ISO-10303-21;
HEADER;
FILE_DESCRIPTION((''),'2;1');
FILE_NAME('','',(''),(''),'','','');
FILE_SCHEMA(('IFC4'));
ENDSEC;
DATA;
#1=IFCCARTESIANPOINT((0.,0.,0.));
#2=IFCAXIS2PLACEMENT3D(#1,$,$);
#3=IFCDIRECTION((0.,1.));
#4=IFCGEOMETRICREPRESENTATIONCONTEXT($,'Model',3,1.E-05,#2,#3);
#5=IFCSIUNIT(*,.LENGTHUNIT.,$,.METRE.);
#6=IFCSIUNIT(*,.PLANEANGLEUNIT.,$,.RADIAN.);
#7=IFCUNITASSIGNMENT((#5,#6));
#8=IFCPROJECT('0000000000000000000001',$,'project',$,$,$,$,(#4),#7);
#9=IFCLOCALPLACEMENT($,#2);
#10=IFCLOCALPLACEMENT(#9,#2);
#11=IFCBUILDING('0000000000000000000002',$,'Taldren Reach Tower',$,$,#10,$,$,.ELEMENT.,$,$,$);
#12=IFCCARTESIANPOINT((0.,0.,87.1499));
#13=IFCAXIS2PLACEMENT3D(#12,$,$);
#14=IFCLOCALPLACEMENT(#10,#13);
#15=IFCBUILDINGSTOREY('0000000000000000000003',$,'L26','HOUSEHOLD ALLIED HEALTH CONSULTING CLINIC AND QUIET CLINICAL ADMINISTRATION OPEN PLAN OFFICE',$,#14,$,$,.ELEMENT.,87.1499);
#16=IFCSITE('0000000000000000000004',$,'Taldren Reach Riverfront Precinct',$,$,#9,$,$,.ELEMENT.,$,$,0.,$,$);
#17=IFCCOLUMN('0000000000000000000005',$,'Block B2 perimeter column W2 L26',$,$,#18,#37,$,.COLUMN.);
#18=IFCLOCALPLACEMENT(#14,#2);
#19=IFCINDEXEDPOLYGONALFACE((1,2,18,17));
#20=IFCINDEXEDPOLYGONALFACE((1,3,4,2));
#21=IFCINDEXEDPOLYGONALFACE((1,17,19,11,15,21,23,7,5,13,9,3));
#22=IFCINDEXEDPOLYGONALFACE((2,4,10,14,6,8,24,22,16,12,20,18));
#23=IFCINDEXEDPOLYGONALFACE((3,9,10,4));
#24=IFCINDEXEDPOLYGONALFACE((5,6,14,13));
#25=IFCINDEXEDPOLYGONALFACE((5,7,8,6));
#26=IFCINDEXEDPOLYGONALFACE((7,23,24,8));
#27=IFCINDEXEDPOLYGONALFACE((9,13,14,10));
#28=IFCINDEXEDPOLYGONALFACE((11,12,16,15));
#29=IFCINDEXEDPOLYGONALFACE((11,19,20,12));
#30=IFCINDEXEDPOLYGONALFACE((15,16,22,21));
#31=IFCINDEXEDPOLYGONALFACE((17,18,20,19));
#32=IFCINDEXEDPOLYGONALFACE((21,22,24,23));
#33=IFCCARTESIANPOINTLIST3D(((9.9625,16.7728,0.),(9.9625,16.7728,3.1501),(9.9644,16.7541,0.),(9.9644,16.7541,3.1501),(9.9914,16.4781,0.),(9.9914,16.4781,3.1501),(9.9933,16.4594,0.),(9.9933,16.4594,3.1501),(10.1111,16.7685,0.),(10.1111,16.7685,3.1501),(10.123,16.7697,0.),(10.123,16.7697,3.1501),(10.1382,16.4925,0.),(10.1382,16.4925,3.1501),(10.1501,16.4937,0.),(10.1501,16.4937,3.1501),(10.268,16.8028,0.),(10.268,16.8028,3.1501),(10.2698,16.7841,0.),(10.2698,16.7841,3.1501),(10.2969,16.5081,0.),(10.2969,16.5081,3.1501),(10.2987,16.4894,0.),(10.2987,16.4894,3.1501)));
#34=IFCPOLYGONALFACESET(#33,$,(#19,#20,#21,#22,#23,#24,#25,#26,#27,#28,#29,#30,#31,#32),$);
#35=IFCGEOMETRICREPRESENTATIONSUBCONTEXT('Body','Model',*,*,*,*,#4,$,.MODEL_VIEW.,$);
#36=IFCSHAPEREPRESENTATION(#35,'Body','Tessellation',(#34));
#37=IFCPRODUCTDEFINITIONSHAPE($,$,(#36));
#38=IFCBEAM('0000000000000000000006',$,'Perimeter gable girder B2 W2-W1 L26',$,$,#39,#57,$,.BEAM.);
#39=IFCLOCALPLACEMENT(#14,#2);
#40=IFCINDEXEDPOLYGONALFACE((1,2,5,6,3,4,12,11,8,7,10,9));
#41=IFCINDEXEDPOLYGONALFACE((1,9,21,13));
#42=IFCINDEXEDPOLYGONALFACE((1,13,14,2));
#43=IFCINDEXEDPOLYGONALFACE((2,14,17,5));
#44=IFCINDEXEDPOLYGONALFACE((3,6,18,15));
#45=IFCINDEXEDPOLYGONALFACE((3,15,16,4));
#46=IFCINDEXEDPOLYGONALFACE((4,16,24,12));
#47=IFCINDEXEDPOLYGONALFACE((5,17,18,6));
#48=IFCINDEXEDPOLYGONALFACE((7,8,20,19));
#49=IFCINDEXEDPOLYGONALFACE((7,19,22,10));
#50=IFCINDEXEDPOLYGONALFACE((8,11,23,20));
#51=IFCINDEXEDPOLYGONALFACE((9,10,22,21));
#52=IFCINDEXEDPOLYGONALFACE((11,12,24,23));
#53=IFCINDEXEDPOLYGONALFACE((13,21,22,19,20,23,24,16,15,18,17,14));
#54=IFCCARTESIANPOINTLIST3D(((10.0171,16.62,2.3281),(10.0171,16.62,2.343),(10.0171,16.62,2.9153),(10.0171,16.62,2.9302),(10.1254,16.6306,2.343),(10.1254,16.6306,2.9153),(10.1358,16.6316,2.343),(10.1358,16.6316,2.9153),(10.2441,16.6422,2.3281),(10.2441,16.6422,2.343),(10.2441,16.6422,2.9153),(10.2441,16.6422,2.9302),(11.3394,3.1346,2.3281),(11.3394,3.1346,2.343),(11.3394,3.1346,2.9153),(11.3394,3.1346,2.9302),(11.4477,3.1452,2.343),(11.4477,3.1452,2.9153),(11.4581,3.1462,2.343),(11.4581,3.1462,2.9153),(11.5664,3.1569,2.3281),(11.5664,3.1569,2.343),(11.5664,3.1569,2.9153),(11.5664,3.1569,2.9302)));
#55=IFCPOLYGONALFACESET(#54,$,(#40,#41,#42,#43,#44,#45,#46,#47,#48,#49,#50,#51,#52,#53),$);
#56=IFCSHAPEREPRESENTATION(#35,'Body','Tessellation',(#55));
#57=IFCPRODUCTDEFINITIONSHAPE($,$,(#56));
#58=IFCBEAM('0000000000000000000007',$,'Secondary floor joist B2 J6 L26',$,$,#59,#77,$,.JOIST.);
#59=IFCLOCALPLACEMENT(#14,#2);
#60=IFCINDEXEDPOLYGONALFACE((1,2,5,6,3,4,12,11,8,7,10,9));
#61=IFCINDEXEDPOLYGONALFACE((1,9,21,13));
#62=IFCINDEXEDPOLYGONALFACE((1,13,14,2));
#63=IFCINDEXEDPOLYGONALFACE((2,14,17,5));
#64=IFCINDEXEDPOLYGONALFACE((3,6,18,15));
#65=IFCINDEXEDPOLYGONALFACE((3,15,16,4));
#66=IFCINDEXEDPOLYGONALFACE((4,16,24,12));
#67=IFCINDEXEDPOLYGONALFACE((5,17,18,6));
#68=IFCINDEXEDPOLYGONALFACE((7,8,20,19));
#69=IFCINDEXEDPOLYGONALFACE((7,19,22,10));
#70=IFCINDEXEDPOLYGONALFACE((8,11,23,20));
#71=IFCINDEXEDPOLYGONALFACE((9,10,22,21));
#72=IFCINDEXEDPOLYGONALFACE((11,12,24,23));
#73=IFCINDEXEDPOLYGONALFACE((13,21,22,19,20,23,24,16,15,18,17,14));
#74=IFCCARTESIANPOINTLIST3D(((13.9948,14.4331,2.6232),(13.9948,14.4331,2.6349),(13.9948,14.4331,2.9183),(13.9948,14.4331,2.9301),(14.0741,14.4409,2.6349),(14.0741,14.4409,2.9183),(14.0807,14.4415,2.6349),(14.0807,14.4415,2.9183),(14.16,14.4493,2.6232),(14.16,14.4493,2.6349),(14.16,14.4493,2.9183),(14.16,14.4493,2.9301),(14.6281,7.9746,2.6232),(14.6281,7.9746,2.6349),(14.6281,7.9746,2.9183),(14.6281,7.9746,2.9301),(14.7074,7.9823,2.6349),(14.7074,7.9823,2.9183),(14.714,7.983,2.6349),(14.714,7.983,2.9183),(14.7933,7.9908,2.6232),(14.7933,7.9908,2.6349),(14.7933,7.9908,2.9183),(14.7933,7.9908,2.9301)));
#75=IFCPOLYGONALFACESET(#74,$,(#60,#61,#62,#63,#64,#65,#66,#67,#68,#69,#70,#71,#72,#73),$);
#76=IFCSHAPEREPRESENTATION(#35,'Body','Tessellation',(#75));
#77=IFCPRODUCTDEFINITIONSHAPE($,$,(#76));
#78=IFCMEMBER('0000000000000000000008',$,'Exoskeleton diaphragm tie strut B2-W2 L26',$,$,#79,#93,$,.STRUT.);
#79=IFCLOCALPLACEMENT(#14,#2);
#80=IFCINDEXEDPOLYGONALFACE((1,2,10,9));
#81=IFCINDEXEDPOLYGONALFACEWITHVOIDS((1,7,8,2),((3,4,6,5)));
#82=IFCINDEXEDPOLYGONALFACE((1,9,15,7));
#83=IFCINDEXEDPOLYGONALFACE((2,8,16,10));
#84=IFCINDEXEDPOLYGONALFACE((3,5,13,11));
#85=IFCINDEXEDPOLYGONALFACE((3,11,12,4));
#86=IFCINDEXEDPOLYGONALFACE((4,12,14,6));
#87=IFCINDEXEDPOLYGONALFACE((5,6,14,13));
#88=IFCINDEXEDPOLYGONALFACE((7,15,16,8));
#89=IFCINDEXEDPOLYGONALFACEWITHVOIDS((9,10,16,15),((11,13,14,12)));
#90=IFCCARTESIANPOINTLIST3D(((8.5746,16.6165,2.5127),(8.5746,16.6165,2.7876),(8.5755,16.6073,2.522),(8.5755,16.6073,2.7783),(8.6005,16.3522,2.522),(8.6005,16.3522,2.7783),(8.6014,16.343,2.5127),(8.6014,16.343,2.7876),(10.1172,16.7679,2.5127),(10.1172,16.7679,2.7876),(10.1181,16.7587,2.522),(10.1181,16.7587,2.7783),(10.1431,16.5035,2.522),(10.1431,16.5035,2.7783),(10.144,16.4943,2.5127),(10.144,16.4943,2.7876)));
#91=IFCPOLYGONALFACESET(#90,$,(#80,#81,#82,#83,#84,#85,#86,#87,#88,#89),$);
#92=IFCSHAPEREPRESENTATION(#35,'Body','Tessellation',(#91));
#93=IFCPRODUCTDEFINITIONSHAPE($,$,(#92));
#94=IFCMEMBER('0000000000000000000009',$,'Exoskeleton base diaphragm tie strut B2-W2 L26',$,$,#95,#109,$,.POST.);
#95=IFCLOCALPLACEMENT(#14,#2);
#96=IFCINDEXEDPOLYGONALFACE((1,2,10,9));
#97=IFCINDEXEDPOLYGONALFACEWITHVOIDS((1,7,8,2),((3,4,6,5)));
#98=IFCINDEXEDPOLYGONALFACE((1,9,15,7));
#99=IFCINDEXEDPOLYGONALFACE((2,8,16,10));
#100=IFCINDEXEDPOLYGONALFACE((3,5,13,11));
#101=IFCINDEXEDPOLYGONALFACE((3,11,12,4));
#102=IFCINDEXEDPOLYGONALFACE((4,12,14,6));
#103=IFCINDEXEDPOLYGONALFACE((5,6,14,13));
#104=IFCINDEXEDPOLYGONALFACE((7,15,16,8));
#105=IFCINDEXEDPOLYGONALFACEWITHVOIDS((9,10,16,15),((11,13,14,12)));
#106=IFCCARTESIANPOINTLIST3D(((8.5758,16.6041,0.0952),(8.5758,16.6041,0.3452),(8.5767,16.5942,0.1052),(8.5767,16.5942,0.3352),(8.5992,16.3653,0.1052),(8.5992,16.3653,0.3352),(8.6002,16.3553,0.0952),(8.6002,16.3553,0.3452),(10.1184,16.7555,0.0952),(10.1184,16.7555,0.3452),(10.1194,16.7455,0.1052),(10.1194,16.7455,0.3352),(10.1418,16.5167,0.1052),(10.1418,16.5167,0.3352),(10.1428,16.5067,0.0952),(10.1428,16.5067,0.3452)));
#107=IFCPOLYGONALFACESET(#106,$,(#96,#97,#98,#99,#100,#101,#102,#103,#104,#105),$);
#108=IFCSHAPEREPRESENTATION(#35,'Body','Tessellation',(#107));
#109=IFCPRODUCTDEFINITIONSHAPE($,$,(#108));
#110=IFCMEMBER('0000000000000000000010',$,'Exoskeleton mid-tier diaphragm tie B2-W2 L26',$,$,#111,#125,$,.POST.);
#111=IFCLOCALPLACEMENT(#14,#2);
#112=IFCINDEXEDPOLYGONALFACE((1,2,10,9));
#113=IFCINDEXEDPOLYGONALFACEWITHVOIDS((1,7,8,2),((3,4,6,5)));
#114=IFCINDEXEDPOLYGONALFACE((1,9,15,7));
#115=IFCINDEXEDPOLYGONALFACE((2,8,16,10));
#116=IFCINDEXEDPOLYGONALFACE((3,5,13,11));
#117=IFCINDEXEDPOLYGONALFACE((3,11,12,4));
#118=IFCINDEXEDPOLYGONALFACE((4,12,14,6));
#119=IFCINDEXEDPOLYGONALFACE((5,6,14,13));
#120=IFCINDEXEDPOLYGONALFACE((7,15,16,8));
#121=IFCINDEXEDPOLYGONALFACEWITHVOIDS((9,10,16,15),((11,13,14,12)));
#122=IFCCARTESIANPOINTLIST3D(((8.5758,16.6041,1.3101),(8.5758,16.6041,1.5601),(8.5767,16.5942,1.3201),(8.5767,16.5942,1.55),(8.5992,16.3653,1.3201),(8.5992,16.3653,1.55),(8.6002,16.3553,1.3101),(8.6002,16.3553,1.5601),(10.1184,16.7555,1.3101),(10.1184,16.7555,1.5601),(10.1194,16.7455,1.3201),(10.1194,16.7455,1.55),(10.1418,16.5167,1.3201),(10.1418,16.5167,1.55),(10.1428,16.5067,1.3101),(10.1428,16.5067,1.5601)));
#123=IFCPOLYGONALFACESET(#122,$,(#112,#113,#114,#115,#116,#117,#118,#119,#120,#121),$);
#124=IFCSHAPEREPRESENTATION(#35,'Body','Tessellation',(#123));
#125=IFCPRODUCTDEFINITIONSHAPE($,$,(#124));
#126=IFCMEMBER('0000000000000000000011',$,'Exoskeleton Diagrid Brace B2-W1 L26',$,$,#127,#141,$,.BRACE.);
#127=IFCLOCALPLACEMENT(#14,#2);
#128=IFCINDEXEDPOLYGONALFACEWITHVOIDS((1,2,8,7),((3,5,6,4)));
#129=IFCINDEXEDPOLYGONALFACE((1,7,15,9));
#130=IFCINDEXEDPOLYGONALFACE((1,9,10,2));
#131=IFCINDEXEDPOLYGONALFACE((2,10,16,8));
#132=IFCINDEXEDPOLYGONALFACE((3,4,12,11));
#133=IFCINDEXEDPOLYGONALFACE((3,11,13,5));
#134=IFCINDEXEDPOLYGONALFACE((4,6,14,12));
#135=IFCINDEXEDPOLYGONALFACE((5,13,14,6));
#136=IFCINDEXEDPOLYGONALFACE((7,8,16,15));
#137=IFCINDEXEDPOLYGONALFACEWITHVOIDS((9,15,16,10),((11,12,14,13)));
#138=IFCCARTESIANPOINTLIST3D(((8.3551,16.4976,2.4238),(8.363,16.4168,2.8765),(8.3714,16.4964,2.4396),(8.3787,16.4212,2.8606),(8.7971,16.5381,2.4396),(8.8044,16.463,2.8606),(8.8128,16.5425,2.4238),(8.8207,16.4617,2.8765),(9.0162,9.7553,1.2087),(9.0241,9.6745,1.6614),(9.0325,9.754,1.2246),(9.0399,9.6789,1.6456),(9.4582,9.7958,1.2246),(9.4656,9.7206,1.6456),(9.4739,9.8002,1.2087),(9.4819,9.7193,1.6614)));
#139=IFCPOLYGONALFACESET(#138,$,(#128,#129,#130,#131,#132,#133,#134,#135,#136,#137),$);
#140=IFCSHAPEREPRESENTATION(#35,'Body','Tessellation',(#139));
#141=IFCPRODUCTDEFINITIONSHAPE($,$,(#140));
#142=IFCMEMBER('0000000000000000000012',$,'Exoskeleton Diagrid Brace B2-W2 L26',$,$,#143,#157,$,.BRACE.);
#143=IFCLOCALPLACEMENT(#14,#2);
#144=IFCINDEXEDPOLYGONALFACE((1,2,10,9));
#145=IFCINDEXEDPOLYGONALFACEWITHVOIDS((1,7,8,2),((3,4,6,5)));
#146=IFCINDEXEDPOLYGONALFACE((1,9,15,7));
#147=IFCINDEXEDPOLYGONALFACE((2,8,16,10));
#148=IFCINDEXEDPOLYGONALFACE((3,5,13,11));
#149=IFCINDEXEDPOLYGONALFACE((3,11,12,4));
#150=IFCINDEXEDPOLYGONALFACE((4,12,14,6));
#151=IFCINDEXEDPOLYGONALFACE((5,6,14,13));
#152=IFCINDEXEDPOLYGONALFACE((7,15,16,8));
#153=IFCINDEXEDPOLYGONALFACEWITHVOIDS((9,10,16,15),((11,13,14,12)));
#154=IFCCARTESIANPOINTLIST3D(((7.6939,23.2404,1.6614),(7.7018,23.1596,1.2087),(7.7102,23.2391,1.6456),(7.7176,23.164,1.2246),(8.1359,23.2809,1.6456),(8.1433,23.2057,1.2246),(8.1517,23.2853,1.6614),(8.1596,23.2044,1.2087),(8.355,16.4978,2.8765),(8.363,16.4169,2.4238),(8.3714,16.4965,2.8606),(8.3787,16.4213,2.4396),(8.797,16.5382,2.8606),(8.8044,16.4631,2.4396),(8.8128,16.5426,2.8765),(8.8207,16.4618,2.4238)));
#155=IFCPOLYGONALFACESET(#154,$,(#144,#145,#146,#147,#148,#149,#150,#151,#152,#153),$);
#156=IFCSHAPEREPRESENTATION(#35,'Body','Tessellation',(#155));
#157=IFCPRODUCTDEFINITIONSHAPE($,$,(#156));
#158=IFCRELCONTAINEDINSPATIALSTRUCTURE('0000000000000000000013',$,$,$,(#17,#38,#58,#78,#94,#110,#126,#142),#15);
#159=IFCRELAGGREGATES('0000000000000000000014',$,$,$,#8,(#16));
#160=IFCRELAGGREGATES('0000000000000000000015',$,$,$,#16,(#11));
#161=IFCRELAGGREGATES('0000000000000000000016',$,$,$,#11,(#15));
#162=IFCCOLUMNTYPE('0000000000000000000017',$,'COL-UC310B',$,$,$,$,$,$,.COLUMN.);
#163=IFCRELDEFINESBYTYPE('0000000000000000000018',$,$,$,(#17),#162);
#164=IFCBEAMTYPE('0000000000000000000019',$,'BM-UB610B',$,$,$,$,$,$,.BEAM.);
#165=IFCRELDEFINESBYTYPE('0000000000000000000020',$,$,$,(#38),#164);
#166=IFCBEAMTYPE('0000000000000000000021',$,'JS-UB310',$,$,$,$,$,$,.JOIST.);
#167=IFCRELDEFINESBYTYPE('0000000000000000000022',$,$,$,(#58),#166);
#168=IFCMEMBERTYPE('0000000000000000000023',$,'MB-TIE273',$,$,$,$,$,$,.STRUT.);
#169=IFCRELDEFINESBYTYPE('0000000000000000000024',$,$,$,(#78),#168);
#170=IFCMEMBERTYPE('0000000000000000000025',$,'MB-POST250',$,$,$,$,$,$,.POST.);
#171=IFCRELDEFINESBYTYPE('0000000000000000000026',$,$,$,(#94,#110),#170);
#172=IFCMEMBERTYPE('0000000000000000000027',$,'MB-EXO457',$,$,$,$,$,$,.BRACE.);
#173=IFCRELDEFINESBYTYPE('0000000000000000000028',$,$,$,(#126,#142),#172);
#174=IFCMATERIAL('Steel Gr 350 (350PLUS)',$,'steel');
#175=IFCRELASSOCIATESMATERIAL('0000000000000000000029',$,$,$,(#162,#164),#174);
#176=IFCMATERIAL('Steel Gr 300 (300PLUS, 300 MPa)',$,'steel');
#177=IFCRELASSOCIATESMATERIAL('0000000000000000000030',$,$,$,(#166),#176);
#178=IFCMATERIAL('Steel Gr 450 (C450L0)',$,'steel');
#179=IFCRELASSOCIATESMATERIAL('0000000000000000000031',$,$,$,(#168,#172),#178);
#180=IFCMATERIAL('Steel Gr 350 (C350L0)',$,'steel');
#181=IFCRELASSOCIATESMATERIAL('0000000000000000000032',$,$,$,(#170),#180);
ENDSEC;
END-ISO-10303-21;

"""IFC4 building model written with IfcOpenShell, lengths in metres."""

from ifc_helpers import new_model, si_unit, direction, frame, origin, origin_2d, place, context, subcontext, project, spatial, hollow_rectangle, i_section, extrude, source, transform, mapped, material, material_profile, profile_set, type_object, element, save


model = new_model("IFC4")

# Units and contexts
model_context = context("Model", 3, precision=1e-05, world=origin(), true_north=direction((0.0, 1.0)))
body_context = subcontext(model_context, "Body", "Model", "MODEL_VIEW")
ifc_project = project(units=[si_unit("LENGTHUNIT", "METRE"), si_unit("PLANEANGLEUNIT", "RADIAN")], contexts=[model_context])

# Site, building, storey
site_placement = place(None, origin())
site = spatial("IfcSite", under=ifc_project, at=site_placement, Name="Taldren Reach Riverfront Precinct", CompositionType="ELEMENT", RefElevation=0.0)
building_placement = place(site_placement, origin())
building = spatial("IfcBuilding", under=site, at=building_placement, Name="Taldren Reach Tower", CompositionType="ELEMENT")
storey_placement = place(building_placement, frame((0.0, 0.0, 87.1499)))
storey = spatial("IfcBuildingStorey", under=building, at=storey_placement, Name="L26", Description="HOUSEHOLD ALLIED HEALTH CONSULTING CLINIC AND QUIET CLINICAL ADMINISTRATION OPEN PLAN OFFICE", CompositionType="ELEMENT", Elevation=87.1499)

# Column
ifc_material_1 = material(Name="Steel Gr 350 (350PLUS)", Category="steel")
ifc_material_profile_1 = material_profile(ifc_material_1, i_section(OverallWidth=0.3069, OverallDepth=0.3149, WebThickness=0.012, FlangeThickness=0.0188, at=origin_2d()), Name="310UC118")
ifc_profile_set_1 = profile_set([ifc_material_profile_1], Name="Steel Gr 350 (350PLUS)")
column_type = type_object("IfcColumnType", Name="COL-UC310B", PredefinedType="COLUMN", material=ifc_profile_set_1)
shared_shape_1 = source(origin(), body_context, "Body", "SweptSolid", [
    extrude(i_section(OverallWidth=0.3069, OverallDepth=0.3149, WebThickness=0.012, FlangeThickness=0.0188, at=origin_2d()), origin(), (0.0, 0.0, 1.0), 3.1501),
])
column_placement = place(storey_placement, frame((10.1306, 16.6311, 0.0), z_axis=(0.0, 0.0, 1.0), x_axis=(0.995227, 0.097583, 0.0)))
element("IfcColumn", 1, at=column_placement, inside=storey, type_object=column_type, Name="Block B2 perimeter column W2 L26", PredefinedType="COLUMN", context=body_context, shape_type="MappedRepresentation", body=[
    mapped(shared_shape_1, transform((0.0, 0.0, 0.0), scale=1.0)),
])

# Beams
ifc_material_profile_2 = material_profile(ifc_material_1, i_section(OverallWidth=0.228, OverallDepth=0.6021, WebThickness=0.0105, FlangeThickness=0.0149, at=origin_2d()), Name="610UB101")
ifc_profile_set_2 = profile_set([ifc_material_profile_2], Name="Steel Gr 350 (350PLUS)")
beam_type_1 = type_object("IfcBeamType", Name="BM-UB610B", PredefinedType="BEAM", material=ifc_profile_set_2)
shared_shape_2 = source(origin(), body_context, "Body", "SweptSolid", [
    extrude(i_section(OverallWidth=0.228, OverallDepth=0.6021, WebThickness=0.0105, FlangeThickness=0.0149, at=origin_2d()), origin(), (0.0, 0.0, 1.0), 13.55),
])
beam_1_placement = place(storey_placement, frame((10.1306, 16.6311, 2.6292), z_axis=(0.097584, -0.995227, 0.0), x_axis=(0.995227, 0.097584, 0.0)))
element("IfcBeam", 2, at=beam_1_placement, inside=storey, type_object=beam_type_1, Name="Perimeter gable girder B2 W2-W1 L26", PredefinedType="BEAM", context=body_context, shape_type="MappedRepresentation", body=[
    mapped(shared_shape_2, transform((0.0, 0.0, 0.0), scale=1.0)),
])
ifc_material_2 = material(Name="Steel Gr 300 (300PLUS, 300 MPa)", Category="steel")
ifc_material_profile_3 = material_profile(ifc_material_2, i_section(OverallWidth=0.166, OverallDepth=0.3069, WebThickness=0.0066, FlangeThickness=0.0117, at=origin_2d()), Name="310UB46.2")
ifc_profile_set_3 = profile_set([ifc_material_profile_3], Name="Steel Gr 300 (300PLUS, 300 MPa)")
beam_type_2 = type_object("IfcBeamType", Name="JS-UB310", PredefinedType="JOIST", material=ifc_profile_set_3)
shared_shape_3 = source(origin(), body_context, "Body", "SweptSolid", [
    extrude(i_section(OverallWidth=0.166, OverallDepth=0.3069, WebThickness=0.0066, FlangeThickness=0.0117, at=origin_2d()), origin(), (0.0, 0.0, 1.0), 6.4895),
])
beam_2_placement = place(storey_placement, frame((14.7107, 7.9827, 2.7766), z_axis=(-0.097589, 0.995227, 0.0), x_axis=(-0.995227, -0.097589, 0.0)))
element("IfcBeam", 3, at=beam_2_placement, inside=storey, type_object=beam_type_2, Name="Secondary floor joist B2 J6 L26", PredefinedType="JOIST", context=body_context, shape_type="MappedRepresentation", body=[
    mapped(shared_shape_3, transform((0.0, 0.0, 0.0), scale=1.0)),
])

# Members
ifc_material_3 = material(Name="Steel Gr 450 (C450L0)", Category="steel")
ifc_material_profile_4 = material_profile(ifc_material_3, hollow_rectangle(XDim=0.2749, YDim=0.2749, WallThickness=0.0093, at=origin_2d()), Name="275x275x9.3SHS")
ifc_profile_set_4 = profile_set([ifc_material_profile_4], Name="Steel Gr 450 (C450L0)")
member_type_1 = type_object("IfcMemberType", Name="MB-TIE273", PredefinedType="STRUT", material=ifc_profile_set_4)
shared_shape_4 = source(origin(), body_context, "Body", "SweptSolid", [
    extrude(hollow_rectangle(XDim=0.2749, YDim=0.2749, WallThickness=0.0093, at=origin_2d()), origin(), (0.0, 0.0, 1.0), 1.55),
])
member_1_placement = place(storey_placement, frame((10.1306, 16.6311, 2.6501), z_axis=(-0.995221, -0.097648, 0.0), x_axis=(0.097648, -0.995221, 0.0)))
element("IfcMember", 4, at=member_1_placement, inside=storey, type_object=member_type_1, Name="Exoskeleton diaphragm tie strut B2-W2 L26", PredefinedType="STRUT", context=body_context, shape_type="MappedRepresentation", body=[
    mapped(shared_shape_4, transform((0.0, 0.0, 0.0), scale=1.0)),
])
ifc_material_4 = material(Name="Steel Gr 350 (C350L0)", Category="steel")
ifc_material_profile_5 = material_profile(ifc_material_4, hollow_rectangle(XDim=0.25, YDim=0.25, WallThickness=0.01, at=origin_2d()), Name="250x250x10.0SHS")
ifc_profile_set_5 = profile_set([ifc_material_profile_5], Name="Steel Gr 350 (C350L0)")
member_type_2 = type_object("IfcMemberType", Name="MB-POST250", PredefinedType="POST", material=ifc_profile_set_5)
shared_shape_5 = source(origin(), body_context, "Body", "SweptSolid", [
    extrude(hollow_rectangle(XDim=0.25, YDim=0.25, WallThickness=0.01, at=origin_2d()), origin(), (0.0, 0.0, 1.0), 1.55),
])
for number, where, z_axis, x_axis, name in (
    (5, (10.1306, 16.6311, 0.2202), (-0.995221, -0.097648, 0.0), (0.097648, -0.995221, 0.0), "Exoskeleton base diaphragm tie strut B2-W2 L26"),
    (6, (10.1306, 16.6311, 1.4351), (-0.995221, -0.097648, 0.0), (0.097648, -0.995221, 0.0), "Exoskeleton mid-tier diaphragm tie B2-W2 L26"),
):
    element("IfcMember", number, at=place(storey_placement, frame(where, z_axis=z_axis, x_axis=x_axis)), inside=storey, type_object=member_type_2, Name=name, PredefinedType="POST", context=body_context, shape_type="MappedRepresentation", body=[
        mapped(shared_shape_5, transform((0.0, 0.0, 0.0), scale=1.0)),
    ])
ifc_material_profile_6 = material_profile(ifc_material_3, hollow_rectangle(XDim=0.46, YDim=0.46, WallThickness=0.0161, at=origin_2d()), Name="460x460x16.0SHS")
ifc_profile_set_6 = profile_set([ifc_material_profile_6], Name="Steel Gr 450 (C450L0)")
member_type_3 = type_object("IfcMemberType", Name="MB-EXO457", PredefinedType="BRACE", material=ifc_profile_set_6)
shared_shape_6 = source(origin(), body_context, "Body", "SweptSolid", [
    extrude(hollow_rectangle(XDim=0.46, YDim=0.46, WallThickness=0.0161, at=origin_2d()), origin(), (0.0, 0.0, 1.0), 6.8828),
])
member_2_placement = place(storey_placement, frame((9.249, 9.7373, 1.4351), z_axis=(-0.096055, 0.979596, 0.176538), x_axis=(-0.995227, -0.097588, 0.0)))
element("IfcMember", 7, at=member_2_placement, inside=storey, type_object=member_type_3, Name="Exoskeleton Diagrid Brace B2-W1 L26", PredefinedType="BRACE", context=body_context, shape_type="MappedRepresentation", body=[
    mapped(shared_shape_6, transform((0.0, 0.0, 0.0), scale=1.0)),
])
shared_shape_7 = source(origin(), body_context, "Body", "SweptSolid", [
    extrude(hollow_rectangle(XDim=0.46, YDim=0.46, WallThickness=0.0161, at=origin_2d()), origin(), (0.0, 0.0, 1.0), 6.8831),
])
member_3_placement = place(storey_placement, frame((7.9268, 23.2224, 1.4351), z_axis=(0.096051, -0.979597, 0.176532), x_axis=(0.995227, 0.097584, 0.0)))
element("IfcMember", 8, at=member_3_placement, inside=storey, type_object=member_type_3, Name="Exoskeleton Diagrid Brace B2-W2 L26", PredefinedType="BRACE", context=body_context, shape_type="MappedRepresentation", body=[
    mapped(shared_shape_7, transform((0.0, 0.0, 0.0), scale=1.0)),
])

save(model, "model.ifc")
